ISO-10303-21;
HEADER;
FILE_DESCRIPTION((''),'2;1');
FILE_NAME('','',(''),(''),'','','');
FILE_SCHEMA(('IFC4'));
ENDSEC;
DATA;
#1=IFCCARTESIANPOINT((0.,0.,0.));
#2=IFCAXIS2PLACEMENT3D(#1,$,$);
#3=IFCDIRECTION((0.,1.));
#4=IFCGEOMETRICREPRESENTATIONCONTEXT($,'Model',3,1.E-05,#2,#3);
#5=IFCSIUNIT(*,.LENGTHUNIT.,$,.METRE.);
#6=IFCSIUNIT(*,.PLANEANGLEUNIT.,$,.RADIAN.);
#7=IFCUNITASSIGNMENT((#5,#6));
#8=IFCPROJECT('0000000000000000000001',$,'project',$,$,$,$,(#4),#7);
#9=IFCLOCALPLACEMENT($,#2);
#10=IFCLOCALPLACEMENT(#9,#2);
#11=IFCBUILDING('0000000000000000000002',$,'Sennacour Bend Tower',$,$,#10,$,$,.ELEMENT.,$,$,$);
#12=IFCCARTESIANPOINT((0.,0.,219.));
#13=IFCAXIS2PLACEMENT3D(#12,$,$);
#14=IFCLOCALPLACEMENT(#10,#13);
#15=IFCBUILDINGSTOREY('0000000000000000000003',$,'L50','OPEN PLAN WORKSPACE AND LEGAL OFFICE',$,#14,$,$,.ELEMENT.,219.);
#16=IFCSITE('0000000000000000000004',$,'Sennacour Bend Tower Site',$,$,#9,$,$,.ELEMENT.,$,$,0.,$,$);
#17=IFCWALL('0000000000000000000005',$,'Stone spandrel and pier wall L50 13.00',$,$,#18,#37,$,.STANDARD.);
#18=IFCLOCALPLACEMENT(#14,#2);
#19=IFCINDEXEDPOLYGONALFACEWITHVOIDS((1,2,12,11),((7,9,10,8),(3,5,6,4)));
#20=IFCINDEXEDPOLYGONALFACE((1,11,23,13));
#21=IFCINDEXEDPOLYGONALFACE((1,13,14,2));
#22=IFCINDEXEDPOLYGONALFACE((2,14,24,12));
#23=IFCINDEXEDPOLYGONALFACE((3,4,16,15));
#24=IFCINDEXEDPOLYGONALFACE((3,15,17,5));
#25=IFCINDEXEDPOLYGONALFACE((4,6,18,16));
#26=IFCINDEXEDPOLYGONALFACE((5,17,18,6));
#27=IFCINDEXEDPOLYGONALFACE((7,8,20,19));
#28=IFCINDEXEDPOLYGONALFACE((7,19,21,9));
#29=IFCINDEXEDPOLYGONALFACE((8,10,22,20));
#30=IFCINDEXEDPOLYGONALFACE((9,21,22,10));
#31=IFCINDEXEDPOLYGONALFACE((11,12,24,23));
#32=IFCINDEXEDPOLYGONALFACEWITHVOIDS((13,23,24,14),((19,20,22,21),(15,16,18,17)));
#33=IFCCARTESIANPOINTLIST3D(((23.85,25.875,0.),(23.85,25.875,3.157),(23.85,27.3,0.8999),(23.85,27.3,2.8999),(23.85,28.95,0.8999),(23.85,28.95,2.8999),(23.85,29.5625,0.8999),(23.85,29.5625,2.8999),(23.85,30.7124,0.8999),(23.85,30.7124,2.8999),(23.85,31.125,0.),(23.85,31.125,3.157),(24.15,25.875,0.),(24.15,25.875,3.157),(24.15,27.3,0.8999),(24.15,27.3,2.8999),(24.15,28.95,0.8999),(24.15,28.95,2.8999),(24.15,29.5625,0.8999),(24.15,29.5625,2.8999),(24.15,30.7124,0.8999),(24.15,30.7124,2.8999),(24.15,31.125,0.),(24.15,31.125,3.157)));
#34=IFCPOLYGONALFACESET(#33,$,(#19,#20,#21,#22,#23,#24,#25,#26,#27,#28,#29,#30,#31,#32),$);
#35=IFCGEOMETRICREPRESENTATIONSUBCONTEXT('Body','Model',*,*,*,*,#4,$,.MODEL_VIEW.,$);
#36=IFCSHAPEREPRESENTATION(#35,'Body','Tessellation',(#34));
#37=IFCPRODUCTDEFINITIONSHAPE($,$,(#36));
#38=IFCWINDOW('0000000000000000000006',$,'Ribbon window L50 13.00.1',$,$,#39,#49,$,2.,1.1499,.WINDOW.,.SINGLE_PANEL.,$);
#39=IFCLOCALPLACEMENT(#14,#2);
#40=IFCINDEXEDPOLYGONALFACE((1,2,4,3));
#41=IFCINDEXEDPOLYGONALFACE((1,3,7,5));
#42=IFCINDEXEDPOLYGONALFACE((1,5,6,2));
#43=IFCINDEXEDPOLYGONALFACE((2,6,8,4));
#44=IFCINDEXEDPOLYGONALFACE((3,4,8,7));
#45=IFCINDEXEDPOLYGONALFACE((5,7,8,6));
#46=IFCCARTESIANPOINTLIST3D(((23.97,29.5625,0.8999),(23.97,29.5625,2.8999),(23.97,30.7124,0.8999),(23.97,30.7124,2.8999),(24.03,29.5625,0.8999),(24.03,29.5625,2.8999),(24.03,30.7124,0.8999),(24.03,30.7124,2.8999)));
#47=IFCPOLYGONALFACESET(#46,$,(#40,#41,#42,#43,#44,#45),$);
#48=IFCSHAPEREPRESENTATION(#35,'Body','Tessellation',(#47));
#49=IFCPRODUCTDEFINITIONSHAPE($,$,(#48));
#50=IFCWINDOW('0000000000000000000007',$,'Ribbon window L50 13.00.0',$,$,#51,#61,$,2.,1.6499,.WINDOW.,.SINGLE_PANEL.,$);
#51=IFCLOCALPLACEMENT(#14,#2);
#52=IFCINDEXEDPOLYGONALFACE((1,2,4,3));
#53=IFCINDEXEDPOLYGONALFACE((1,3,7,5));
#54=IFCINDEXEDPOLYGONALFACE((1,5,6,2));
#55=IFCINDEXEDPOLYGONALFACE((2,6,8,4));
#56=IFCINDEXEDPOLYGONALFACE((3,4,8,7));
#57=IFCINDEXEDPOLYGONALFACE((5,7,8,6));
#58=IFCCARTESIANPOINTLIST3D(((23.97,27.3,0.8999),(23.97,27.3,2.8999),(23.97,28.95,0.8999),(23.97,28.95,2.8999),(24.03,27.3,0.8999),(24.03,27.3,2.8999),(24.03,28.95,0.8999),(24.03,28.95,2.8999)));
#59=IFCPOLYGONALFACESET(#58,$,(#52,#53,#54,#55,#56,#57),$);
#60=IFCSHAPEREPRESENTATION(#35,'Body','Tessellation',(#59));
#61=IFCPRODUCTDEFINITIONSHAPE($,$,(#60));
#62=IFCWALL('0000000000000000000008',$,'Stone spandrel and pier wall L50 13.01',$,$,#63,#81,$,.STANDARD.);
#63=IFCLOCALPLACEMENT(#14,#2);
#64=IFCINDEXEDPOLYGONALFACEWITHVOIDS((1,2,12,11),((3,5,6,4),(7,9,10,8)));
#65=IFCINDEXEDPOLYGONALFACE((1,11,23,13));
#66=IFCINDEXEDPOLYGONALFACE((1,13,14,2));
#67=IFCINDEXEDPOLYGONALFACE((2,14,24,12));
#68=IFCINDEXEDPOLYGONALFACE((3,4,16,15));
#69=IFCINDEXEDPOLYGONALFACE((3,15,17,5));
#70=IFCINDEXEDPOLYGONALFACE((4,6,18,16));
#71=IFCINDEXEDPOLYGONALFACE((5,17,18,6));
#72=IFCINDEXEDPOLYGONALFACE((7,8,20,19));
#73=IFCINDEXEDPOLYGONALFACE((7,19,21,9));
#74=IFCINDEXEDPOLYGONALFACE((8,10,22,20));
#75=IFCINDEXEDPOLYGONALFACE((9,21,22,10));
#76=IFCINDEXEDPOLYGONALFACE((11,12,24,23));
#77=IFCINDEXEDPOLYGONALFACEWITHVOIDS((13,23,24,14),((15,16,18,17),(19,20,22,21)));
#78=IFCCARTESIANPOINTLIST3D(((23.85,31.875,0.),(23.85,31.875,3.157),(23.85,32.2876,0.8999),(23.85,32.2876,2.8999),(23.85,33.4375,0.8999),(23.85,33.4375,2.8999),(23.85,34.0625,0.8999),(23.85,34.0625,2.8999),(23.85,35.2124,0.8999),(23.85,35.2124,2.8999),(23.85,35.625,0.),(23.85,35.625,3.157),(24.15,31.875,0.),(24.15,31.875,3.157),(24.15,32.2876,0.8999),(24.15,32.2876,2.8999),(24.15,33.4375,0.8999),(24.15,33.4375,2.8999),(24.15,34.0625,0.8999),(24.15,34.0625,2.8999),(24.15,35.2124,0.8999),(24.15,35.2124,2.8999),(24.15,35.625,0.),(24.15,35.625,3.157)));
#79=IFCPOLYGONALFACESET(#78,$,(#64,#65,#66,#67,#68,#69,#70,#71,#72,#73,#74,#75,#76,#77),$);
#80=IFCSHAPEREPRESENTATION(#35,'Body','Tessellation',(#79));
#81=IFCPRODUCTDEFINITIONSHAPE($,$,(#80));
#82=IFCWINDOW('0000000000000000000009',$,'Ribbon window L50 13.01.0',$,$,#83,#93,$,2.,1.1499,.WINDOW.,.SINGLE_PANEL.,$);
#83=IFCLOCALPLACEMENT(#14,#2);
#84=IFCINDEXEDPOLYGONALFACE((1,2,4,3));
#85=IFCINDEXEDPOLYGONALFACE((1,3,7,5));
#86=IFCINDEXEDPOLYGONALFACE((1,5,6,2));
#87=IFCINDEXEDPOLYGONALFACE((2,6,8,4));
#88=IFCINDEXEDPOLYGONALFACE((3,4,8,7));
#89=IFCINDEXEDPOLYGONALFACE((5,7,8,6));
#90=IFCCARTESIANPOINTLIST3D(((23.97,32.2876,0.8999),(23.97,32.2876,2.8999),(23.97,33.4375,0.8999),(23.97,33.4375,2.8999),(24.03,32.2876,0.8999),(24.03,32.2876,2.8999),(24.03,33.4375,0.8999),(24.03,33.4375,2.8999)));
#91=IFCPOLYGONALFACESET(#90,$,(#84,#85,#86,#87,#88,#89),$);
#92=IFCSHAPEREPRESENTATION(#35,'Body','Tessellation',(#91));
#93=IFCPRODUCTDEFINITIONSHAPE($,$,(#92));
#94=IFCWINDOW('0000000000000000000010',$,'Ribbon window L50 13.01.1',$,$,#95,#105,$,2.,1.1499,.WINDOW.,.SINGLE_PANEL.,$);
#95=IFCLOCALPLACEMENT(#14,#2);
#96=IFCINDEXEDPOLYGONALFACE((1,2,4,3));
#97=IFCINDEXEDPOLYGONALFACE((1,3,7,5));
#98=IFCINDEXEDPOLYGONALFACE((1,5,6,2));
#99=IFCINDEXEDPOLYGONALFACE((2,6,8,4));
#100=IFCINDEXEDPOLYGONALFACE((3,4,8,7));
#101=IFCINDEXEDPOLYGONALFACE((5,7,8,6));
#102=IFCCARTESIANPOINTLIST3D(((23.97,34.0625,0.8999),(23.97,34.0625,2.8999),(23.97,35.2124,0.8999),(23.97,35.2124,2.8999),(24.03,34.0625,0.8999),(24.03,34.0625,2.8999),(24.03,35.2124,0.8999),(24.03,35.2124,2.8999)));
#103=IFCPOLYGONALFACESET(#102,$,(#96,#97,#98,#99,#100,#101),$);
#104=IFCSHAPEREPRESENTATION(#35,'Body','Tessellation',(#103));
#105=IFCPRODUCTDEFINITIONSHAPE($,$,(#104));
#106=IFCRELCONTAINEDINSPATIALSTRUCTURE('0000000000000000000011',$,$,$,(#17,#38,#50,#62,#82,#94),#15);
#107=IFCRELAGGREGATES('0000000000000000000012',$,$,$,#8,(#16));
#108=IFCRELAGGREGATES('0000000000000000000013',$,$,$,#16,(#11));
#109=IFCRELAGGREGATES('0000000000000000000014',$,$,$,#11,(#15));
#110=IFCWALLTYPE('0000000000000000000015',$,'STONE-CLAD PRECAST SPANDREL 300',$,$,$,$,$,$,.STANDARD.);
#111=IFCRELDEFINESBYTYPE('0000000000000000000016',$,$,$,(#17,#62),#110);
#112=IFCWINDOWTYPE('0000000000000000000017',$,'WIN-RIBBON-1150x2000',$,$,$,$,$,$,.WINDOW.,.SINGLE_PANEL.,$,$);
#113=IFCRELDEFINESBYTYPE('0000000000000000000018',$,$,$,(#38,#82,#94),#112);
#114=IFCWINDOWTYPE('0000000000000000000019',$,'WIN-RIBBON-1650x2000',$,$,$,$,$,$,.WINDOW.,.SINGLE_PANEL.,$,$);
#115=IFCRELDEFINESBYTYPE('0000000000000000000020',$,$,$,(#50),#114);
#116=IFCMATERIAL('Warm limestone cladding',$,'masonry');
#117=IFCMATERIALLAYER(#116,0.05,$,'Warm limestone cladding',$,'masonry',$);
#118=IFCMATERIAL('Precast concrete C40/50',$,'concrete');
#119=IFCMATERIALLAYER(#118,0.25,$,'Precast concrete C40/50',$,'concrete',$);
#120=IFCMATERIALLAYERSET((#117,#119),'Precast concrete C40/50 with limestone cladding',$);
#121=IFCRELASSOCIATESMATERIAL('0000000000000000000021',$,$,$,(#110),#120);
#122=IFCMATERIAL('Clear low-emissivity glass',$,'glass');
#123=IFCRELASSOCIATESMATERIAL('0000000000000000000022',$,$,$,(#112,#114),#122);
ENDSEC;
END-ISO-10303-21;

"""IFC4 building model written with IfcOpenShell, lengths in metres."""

from ifc_helpers import new_model, si_unit, direction, frame, frame_2d, origin, place, context, subcontext, project, spatial, rectangle, extrude, material, layer, layer_set, type_object, element, fill, save


model = new_model("IFC4")

# Units and contexts
model_context = context("Model", 3, precision=1e-05, world=origin(), true_north=direction((0.0, 1.0)))
body_context = subcontext(model_context, "Body", "Model", "MODEL_VIEW")
ifc_project = project(units=[si_unit("LENGTHUNIT", "METRE"), si_unit("PLANEANGLEUNIT", "RADIAN")], contexts=[model_context])

# Site, building, storey
site_placement = place(None, origin())
site = spatial("IfcSite", under=ifc_project, at=site_placement, Name="Sennacour Bend Tower Site", CompositionType="ELEMENT", RefElevation=0.0)
building_placement = place(site_placement, origin())
building = spatial("IfcBuilding", under=site, at=building_placement, Name="Sennacour Bend Tower", CompositionType="ELEMENT")
storey_placement = place(building_placement, frame((0.0, 0.0, 219.0)))
storey = spatial("IfcBuildingStorey", under=building, at=storey_placement, Name="L50", Description="OPEN PLAN WORKSPACE AND LEGAL OFFICE", CompositionType="ELEMENT", Elevation=219.0)

# Shared definitions
ifc_material_1 = material(Name="Warm limestone cladding", Category="masonry")
ifc_layer_1 = layer(ifc_material_1, 0.05, Name="Warm limestone cladding", Category="masonry")
ifc_material_2 = material(Name="Precast concrete C40/50", Category="concrete")
ifc_layer_2 = layer(ifc_material_2, 0.25, Name="Precast concrete C40/50", Category="concrete")
ifc_layer_set = layer_set([ifc_layer_1, ifc_layer_2], Name="Precast concrete C40/50 with limestone cladding")
wall_type = type_object("IfcWallType", Name="STONE-CLAD PRECAST SPANDREL 300", PredefinedType="STANDARD", material=ifc_layer_set)
ifc_material_3 = material(Name="Clear low-emissivity glass", Category="glass")

# Walls, openings, windows
wall_1_placement = place(storey_placement, frame((24.0, 25.875, 0.0), z_axis=(0.0, 0.0, 1.0), x_axis=(0.0, 1.0, 0.0)))
wall_1 = element("IfcWall", 1, at=wall_1_placement, inside=storey, type_object=wall_type, Name="Stone spandrel and pier wall L50 13.00", PredefinedType="STANDARD", context=body_context, shape_type="SweptSolid", body=[
    extrude(rectangle(XDim=5.25, YDim=0.3, at=frame_2d((2.625, 0.0))), origin(), (0.0, 0.0, 1.0), 3.157),
])
opening_1_placement = place(wall_1_placement, frame((1.425, 0.0, 0.8999)))
opening_1 = element("IfcOpeningElement", 2, at=opening_1_placement, cuts=wall_1, PredefinedType="OPENING", context=body_context, shape_type="SweptSolid", body=[
    extrude(rectangle(XDim=1.6499, YDim=2.0, at=frame_2d((0.825, 1.0))), frame((0.0, 0.1602, 0.0), z_axis=(0.0, -1.0, 0.0), x_axis=(1.0, 0.0, 0.0)), (0.0, 0.0, 1.0), 0.3201),
])
opening_2_placement = place(wall_1_placement, frame((3.6875, 0.0, 0.8999)))
opening_2 = element("IfcOpeningElement", 3, at=opening_2_placement, cuts=wall_1, PredefinedType="OPENING", context=body_context, shape_type="SweptSolid", body=[
    extrude(rectangle(XDim=1.1499, YDim=2.0, at=frame_2d((0.575, 1.0))), frame((0.0, 0.1602, 0.0), z_axis=(0.0, -1.0, 0.0), x_axis=(1.0, 0.0, 0.0)), (0.0, 0.0, 1.0), 0.3201),
])
window_type_1 = type_object("IfcWindowType", Name="WIN-RIBBON-1150x2000", PartitioningType="SINGLE_PANEL", PredefinedType="WINDOW", material=ifc_material_3)
window_1_placement = place(opening_2_placement, origin())
window_1 = element("IfcWindow", 4, at=window_1_placement, inside=storey, type_object=window_type_1, Name="Ribbon window L50 13.00.1", OverallHeight=2.0, OverallWidth=1.1499, PartitioningType="SINGLE_PANEL", PredefinedType="WINDOW", context=body_context, shape_type="SweptSolid", body=[
    extrude(rectangle(XDim=1.1499, YDim=2.0, at=frame_2d((0.575, 1.0))), frame((0.0, 0.03, 0.0), z_axis=(0.0, -1.0, 0.0), x_axis=(1.0, 0.0, 0.0)), (0.0, 0.0, 1.0), 0.0601),
])
fill(opening_2, window_1)
window_type_2 = type_object("IfcWindowType", Name="WIN-RIBBON-1650x2000", PartitioningType="SINGLE_PANEL", PredefinedType="WINDOW", material=ifc_material_3)
window_2_placement = place(opening_1_placement, origin())
window_2 = element("IfcWindow", 5, at=window_2_placement, inside=storey, type_object=window_type_2, Name="Ribbon window L50 13.00.0", OverallHeight=2.0, OverallWidth=1.6499, PartitioningType="SINGLE_PANEL", PredefinedType="WINDOW", context=body_context, shape_type="SweptSolid", body=[
    extrude(rectangle(XDim=1.6499, YDim=2.0, at=frame_2d((0.825, 1.0))), frame((0.0, 0.03, 0.0), z_axis=(0.0, -1.0, 0.0), x_axis=(1.0, 0.0, 0.0)), (0.0, 0.0, 1.0), 0.0601),
])
fill(opening_1, window_2)
wall_2_placement = place(storey_placement, frame((24.0, 31.875, 0.0), z_axis=(0.0, 0.0, 1.0), x_axis=(0.0, 1.0, 0.0)))
wall_2 = element("IfcWall", 6, at=wall_2_placement, inside=storey, type_object=wall_type, Name="Stone spandrel and pier wall L50 13.01", PredefinedType="STANDARD", context=body_context, shape_type="SweptSolid", body=[
    extrude(rectangle(XDim=3.75, YDim=0.3, at=frame_2d((1.875, 0.0))), origin(), (0.0, 0.0, 1.0), 3.157),
])
opening_3_placement = place(wall_2_placement, frame((0.4126, 0.0, 0.8999)))
opening_3 = element("IfcOpeningElement", 7, at=opening_3_placement, cuts=wall_2, PredefinedType="OPENING", context=body_context, shape_type="SweptSolid", body=[
    extrude(rectangle(XDim=1.1499, YDim=2.0, at=frame_2d((0.575, 1.0))), frame((0.0, 0.1602, 0.0), z_axis=(0.0, -1.0, 0.0), x_axis=(1.0, 0.0, 0.0)), (0.0, 0.0, 1.0), 0.3201),
])
opening_4_placement = place(wall_2_placement, frame((2.1875, 0.0, 0.8999)))
opening_4 = element("IfcOpeningElement", 8, at=opening_4_placement, cuts=wall_2, PredefinedType="OPENING", context=body_context, shape_type="SweptSolid", body=[
    extrude(rectangle(XDim=1.1499, YDim=2.0, at=frame_2d((0.575, 1.0))), frame((0.0, 0.1602, 0.0), z_axis=(0.0, -1.0, 0.0), x_axis=(1.0, 0.0, 0.0)), (0.0, 0.0, 1.0), 0.3201),
])
window_3_placement = place(opening_3_placement, origin())
window_3 = element("IfcWindow", 9, at=window_3_placement, inside=storey, type_object=window_type_1, Name="Ribbon window L50 13.01.0", OverallHeight=2.0, OverallWidth=1.1499, PartitioningType="SINGLE_PANEL", PredefinedType="WINDOW", context=body_context, shape_type="SweptSolid", body=[
    extrude(rectangle(XDim=1.1499, YDim=2.0, at=frame_2d((0.575, 1.0))), frame((0.0, 0.03, 0.0), z_axis=(0.0, -1.0, 0.0), x_axis=(1.0, 0.0, 0.0)), (0.0, 0.0, 1.0), 0.0601),
])
fill(opening_3, window_3)
window_4_placement = place(opening_4_placement, origin())
window_4 = element("IfcWindow", 10, at=window_4_placement, inside=storey, type_object=window_type_1, Name="Ribbon window L50 13.01.1", OverallHeight=2.0, OverallWidth=1.1499, PartitioningType="SINGLE_PANEL", PredefinedType="WINDOW", context=body_context, shape_type="SweptSolid", body=[
    extrude(rectangle(XDim=1.1499, YDim=2.0, at=frame_2d((0.575, 1.0))), frame((0.0, 0.03, 0.0), z_axis=(0.0, -1.0, 0.0), x_axis=(1.0, 0.0, 0.0)), (0.0, 0.0, 1.0), 0.0601),
])
fill(opening_4, window_4)

save(model, "model.ifc")
